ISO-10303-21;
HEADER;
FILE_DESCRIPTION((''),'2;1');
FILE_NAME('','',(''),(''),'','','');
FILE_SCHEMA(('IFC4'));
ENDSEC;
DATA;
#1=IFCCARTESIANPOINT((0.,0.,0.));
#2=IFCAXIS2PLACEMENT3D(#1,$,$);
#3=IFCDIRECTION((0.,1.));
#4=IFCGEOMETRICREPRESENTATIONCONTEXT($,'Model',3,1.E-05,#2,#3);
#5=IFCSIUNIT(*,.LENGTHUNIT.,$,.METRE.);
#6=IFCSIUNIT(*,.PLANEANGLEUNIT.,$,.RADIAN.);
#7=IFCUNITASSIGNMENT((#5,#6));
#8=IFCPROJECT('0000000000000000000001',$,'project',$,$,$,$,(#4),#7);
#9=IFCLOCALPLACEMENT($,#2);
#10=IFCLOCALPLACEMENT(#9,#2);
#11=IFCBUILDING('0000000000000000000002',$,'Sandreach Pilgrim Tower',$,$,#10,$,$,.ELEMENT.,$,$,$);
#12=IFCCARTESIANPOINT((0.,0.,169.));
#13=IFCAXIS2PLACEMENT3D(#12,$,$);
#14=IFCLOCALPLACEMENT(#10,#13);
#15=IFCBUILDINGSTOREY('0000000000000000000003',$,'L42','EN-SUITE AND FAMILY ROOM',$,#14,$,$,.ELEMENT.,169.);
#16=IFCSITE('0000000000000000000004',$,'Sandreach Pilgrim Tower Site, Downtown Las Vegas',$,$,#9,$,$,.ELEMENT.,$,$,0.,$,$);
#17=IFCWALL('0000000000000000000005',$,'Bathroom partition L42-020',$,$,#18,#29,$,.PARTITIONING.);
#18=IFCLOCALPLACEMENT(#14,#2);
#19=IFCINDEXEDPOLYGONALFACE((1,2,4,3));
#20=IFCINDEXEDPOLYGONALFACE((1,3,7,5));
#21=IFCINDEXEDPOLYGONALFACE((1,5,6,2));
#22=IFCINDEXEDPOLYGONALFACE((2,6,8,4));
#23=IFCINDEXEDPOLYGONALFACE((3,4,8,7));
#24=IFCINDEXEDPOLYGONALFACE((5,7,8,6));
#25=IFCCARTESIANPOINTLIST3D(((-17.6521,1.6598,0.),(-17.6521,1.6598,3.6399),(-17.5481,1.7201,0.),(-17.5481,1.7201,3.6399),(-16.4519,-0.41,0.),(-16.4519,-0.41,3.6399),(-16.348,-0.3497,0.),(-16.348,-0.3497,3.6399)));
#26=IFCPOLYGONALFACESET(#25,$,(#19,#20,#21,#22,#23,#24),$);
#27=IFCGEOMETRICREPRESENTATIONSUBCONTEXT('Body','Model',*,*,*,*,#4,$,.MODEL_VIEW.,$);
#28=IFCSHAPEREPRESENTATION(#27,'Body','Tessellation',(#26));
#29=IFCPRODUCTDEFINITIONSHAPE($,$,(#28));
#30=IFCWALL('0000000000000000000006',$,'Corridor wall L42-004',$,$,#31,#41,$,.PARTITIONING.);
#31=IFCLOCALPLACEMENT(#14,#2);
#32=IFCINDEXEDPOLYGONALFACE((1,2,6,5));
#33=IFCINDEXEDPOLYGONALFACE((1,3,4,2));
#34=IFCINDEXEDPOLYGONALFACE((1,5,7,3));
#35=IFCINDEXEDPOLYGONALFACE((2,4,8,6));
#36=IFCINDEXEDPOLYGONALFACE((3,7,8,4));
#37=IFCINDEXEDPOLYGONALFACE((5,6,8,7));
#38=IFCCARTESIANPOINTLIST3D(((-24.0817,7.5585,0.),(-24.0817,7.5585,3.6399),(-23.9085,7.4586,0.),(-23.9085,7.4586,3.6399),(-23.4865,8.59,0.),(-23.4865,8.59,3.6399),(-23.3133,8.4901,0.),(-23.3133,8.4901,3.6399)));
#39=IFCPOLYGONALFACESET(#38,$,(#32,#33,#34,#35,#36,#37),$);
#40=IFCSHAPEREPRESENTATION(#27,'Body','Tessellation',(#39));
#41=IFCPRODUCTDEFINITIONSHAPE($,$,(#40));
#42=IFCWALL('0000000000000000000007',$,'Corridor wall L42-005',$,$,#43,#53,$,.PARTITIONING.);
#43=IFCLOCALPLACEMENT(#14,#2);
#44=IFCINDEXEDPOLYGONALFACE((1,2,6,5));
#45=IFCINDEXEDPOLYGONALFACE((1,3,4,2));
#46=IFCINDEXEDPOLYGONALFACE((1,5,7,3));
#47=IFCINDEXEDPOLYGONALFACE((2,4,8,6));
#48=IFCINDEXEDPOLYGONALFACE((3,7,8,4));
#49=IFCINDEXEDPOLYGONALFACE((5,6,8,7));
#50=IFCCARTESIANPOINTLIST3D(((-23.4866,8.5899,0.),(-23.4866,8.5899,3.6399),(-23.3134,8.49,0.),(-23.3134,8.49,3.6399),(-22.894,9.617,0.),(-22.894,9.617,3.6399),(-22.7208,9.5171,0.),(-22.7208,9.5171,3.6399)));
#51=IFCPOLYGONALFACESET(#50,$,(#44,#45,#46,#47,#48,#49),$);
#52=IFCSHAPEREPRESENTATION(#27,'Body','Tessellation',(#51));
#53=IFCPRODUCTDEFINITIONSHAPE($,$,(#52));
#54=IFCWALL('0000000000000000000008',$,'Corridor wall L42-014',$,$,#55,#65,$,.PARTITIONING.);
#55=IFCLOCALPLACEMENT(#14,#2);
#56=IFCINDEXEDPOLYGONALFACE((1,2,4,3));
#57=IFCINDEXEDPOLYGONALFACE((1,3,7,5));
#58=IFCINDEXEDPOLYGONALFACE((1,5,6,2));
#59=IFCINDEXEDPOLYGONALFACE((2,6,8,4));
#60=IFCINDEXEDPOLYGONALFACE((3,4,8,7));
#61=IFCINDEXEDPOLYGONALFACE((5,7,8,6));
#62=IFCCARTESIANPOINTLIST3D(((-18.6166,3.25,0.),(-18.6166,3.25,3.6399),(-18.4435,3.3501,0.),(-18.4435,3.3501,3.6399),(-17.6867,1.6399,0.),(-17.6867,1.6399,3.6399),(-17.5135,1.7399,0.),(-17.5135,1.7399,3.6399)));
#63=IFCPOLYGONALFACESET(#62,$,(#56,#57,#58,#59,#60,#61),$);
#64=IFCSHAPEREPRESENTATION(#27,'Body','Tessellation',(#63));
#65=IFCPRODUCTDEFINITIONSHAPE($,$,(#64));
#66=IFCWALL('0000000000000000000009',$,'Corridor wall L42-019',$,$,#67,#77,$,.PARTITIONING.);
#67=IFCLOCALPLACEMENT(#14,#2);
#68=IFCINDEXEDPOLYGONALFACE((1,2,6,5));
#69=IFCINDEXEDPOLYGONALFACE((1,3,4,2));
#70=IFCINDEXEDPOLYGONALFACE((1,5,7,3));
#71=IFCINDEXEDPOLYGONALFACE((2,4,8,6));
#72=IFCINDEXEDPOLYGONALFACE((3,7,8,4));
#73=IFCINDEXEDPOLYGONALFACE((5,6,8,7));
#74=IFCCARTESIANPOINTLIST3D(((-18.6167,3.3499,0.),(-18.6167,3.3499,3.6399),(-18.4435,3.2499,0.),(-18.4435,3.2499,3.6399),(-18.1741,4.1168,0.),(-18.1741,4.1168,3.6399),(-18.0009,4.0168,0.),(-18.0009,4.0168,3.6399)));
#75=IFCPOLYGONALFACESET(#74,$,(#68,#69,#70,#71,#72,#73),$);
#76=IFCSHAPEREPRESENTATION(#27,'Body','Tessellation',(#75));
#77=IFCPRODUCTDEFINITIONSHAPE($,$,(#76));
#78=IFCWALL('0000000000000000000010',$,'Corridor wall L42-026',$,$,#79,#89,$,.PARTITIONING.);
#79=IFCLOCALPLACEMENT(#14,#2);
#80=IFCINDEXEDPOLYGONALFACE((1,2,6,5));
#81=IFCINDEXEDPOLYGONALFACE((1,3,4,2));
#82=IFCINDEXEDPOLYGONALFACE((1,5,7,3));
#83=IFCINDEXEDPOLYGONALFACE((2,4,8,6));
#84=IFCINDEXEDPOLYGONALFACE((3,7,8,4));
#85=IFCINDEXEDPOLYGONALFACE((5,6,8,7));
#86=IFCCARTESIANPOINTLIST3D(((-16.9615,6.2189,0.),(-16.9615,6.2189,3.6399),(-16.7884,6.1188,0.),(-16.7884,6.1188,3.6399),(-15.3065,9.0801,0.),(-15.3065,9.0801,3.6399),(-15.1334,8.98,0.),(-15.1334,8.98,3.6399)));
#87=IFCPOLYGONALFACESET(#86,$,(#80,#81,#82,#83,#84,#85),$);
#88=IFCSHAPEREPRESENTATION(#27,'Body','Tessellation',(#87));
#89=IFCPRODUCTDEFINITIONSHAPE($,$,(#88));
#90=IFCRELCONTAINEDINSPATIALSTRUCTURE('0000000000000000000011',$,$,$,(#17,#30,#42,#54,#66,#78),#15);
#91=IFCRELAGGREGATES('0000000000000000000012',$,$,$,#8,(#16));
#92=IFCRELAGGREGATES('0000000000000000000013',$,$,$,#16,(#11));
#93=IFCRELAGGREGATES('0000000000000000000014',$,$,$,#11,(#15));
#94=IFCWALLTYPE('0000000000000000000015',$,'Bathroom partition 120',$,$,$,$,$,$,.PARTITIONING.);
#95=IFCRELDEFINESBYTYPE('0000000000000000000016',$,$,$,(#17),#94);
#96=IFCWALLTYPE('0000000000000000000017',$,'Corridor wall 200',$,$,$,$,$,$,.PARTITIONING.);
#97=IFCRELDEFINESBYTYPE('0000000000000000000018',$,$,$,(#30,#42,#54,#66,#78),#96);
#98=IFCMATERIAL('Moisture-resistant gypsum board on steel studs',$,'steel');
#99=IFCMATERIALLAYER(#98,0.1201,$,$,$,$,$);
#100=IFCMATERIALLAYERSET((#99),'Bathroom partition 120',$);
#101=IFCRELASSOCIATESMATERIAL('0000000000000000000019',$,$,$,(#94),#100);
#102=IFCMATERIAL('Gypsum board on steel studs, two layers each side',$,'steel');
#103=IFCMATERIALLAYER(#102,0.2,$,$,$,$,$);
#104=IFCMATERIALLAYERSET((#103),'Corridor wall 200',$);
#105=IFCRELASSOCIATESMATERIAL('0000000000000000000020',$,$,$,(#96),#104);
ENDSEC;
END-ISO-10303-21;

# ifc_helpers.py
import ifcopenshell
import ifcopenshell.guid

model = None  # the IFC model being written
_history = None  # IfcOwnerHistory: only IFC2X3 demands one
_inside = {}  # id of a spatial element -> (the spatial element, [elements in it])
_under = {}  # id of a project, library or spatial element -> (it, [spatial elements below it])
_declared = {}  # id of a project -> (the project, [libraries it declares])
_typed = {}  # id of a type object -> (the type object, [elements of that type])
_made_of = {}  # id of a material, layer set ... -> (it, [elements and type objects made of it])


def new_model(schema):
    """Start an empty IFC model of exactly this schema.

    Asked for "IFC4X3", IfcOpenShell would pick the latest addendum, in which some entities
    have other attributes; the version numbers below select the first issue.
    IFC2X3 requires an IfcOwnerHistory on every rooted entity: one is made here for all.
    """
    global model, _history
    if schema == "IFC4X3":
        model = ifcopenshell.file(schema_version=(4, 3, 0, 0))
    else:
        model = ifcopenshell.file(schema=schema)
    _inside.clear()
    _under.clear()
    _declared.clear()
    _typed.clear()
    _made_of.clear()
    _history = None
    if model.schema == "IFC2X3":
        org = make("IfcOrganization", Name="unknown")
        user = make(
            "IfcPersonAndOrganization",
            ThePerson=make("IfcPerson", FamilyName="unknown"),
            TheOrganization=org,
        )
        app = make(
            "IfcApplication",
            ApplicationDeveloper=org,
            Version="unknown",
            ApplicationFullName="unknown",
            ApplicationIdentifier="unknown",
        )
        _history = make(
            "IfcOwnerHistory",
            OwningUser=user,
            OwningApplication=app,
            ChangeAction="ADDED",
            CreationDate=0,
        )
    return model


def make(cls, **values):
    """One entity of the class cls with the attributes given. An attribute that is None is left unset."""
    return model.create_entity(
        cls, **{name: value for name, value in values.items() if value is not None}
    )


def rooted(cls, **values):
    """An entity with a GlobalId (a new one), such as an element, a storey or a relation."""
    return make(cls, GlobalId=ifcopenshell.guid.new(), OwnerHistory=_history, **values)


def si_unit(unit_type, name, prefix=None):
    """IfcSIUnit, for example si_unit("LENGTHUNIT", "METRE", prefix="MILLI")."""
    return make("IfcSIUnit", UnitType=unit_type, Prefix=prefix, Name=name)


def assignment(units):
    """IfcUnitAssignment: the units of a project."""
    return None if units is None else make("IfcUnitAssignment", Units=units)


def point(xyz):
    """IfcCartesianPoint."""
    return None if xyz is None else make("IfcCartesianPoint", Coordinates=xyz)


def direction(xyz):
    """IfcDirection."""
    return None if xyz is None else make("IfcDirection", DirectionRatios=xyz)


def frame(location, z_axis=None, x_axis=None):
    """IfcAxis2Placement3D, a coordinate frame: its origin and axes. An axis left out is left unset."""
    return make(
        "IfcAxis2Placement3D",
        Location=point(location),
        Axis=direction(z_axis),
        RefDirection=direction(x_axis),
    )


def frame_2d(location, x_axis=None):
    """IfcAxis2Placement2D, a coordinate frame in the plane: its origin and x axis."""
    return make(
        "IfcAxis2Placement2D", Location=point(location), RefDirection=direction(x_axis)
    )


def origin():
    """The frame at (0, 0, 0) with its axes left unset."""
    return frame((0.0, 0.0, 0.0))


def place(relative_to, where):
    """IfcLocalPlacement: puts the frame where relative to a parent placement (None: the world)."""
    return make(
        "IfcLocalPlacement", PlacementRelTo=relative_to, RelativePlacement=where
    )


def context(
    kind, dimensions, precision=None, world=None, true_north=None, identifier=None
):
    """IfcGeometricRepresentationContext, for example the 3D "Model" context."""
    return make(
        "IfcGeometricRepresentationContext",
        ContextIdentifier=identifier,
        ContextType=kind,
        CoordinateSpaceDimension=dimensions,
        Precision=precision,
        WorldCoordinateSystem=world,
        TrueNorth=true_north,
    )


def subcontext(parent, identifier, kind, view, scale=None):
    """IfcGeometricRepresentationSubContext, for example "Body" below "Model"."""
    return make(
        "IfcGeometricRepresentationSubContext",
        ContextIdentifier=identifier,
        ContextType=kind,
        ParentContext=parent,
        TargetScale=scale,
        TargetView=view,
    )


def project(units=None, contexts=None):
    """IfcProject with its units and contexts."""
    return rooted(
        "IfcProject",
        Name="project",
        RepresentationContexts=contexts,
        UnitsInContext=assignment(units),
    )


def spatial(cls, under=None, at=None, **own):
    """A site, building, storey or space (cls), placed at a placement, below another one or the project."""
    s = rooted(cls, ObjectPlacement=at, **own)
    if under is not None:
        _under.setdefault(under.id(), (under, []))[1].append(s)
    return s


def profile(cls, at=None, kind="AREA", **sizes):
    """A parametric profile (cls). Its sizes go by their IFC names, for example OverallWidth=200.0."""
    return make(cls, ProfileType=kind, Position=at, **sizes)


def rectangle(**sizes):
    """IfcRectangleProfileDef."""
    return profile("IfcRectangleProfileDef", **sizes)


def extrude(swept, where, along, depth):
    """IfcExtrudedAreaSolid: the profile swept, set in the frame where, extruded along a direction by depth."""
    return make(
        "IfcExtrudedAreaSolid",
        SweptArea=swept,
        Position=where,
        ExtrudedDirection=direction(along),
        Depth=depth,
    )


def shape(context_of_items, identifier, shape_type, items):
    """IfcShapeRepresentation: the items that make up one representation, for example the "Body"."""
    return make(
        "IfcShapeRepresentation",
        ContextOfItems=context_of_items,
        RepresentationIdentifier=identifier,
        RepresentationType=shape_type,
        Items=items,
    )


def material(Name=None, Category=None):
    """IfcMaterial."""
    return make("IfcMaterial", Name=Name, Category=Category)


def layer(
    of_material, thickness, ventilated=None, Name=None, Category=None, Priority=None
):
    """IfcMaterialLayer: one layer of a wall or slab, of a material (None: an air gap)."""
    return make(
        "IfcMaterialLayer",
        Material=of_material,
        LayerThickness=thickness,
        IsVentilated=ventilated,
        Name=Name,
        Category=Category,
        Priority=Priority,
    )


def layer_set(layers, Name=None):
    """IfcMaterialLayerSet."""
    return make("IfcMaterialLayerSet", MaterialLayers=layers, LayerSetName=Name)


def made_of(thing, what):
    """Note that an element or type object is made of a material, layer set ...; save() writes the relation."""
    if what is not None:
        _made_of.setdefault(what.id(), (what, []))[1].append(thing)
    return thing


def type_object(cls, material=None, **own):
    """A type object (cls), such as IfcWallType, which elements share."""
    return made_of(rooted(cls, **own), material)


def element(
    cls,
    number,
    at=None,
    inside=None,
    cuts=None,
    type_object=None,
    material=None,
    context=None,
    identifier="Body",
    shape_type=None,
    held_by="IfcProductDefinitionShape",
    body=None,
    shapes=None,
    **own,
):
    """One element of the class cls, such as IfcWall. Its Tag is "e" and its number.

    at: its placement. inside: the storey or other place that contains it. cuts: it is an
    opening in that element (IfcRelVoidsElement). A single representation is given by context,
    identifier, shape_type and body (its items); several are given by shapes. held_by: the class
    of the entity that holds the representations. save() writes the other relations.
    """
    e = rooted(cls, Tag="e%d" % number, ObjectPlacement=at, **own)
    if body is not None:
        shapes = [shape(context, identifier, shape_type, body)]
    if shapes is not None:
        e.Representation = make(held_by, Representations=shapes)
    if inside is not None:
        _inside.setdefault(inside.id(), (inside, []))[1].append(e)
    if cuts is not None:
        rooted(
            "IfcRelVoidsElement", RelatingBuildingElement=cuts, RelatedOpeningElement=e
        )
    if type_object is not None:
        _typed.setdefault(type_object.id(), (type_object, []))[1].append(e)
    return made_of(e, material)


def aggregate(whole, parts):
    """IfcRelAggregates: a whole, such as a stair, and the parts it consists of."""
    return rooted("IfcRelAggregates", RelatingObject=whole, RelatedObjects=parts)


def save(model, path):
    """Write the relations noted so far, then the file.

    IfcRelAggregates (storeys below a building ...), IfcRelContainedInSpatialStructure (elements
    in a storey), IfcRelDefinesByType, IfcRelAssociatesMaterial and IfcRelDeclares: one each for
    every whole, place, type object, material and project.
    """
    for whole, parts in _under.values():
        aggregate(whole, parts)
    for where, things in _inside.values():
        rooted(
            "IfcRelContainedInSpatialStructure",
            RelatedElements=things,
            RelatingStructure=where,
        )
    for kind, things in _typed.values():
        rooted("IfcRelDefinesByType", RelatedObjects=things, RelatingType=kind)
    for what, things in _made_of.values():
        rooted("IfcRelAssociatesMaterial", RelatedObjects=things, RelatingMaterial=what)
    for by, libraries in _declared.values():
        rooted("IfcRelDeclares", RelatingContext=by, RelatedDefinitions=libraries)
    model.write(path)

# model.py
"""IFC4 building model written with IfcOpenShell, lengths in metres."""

from ifc_helpers import new_model, si_unit, direction, frame, frame_2d, origin, place, context, subcontext, project, spatial, rectangle, extrude, material, layer, layer_set, type_object, element, save


model = new_model("IFC4")

# Units and contexts
model_context = context("Model", 3, precision=1e-05, world=origin(), true_north=direction((0.0, 1.0)))
body_context = subcontext(model_context, "Body", "Model", "MODEL_VIEW")
ifc_project = project(units=[si_unit("LENGTHUNIT", "METRE"), si_unit("PLANEANGLEUNIT", "RADIAN")], contexts=[model_context])

# Site, building, storey
site_placement = place(None, origin())
site = spatial("IfcSite", under=ifc_project, at=site_placement, Name="Sandreach Pilgrim Tower Site, Downtown Las Vegas", CompositionType="ELEMENT", RefElevation=0.0)
building_placement = place(site_placement, origin())
building = spatial("IfcBuilding", under=site, at=building_placement, Name="Sandreach Pilgrim Tower", CompositionType="ELEMENT")
storey_placement = place(building_placement, frame((0.0, 0.0, 169.0)))
storey = spatial("IfcBuildingStorey", under=building, at=storey_placement, Name="L42", Description="EN-SUITE AND FAMILY ROOM", CompositionType="ELEMENT", Elevation=169.0)

# Shared definitions
ifc_material_1 = material(Name="Moisture-resistant gypsum board on steel studs", Category="steel")
ifc_layer_1 = layer(ifc_material_1, 0.1201)
ifc_layer_set_1 = layer_set([ifc_layer_1], Name="Bathroom partition 120")
wall_type_1 = type_object("IfcWallType", Name="Bathroom partition 120", PredefinedType="PARTITIONING", material=ifc_layer_set_1)

# Wall
wall_1_placement = place(storey_placement, frame((-17.6001, 1.6899, 0.0), z_axis=(0.0, 0.0, 1.0), x_axis=(0.501623, -0.865086, 0.0)))
element("IfcWall", 1, at=wall_1_placement, inside=storey, type_object=wall_type_1, Name="Bathroom partition L42-020", PredefinedType="PARTITIONING", context=body_context, shape_type="SweptSolid", body=[
    extrude(rectangle(XDim=2.3926, YDim=0.1201, at=frame_2d((1.1963, 0.0))), origin(), (0.0, 0.0, 1.0), 3.6399),
])

# Shared definitions
ifc_material_2 = material(Name="Gypsum board on steel studs, two layers each side", Category="steel")
ifc_layer_2 = layer(ifc_material_2, 0.2)
ifc_layer_set_2 = layer_set([ifc_layer_2], Name="Corridor wall 200")
wall_type_2 = type_object("IfcWallType", Name="Corridor wall 200", PredefinedType="PARTITIONING", material=ifc_layer_set_2)

# Walls
wall_2_placement = place(storey_placement, frame((-23.9951, 7.5085, 0.0), z_axis=(0.0, 0.0, 1.0), x_axis=(0.499799, 0.866141, 0.0)))
element("IfcWall", 2, at=wall_2_placement, inside=storey, type_object=wall_type_2, Name="Corridor wall L42-004", PredefinedType="PARTITIONING", context=body_context, shape_type="SweptSolid", body=[
    extrude(rectangle(XDim=1.1909, YDim=0.2, at=frame_2d((0.5955, 0.0))), origin(), (0.0, 0.0, 1.0), 3.6399),
])
wall_3_placement = place(storey_placement, frame((-23.3999, 8.54, 0.0), z_axis=(0.0, 0.0, 1.0), x_axis=(0.499705, 0.866196, 0.0)))
element("IfcWall", 3, at=wall_3_placement, inside=storey, type_object=wall_type_2, Name="Corridor wall L42-005", PredefinedType="PARTITIONING", context=body_context, shape_type="SweptSolid", body=[
    extrude(rectangle(XDim=1.1858, YDim=0.2, at=frame_2d((0.5928, 0.0))), origin(), (0.0, 0.0, 1.0), 3.6399),
])
wall_4_placement = place(storey_placement, frame((-18.53, 3.3, 0.0), z_axis=(0.0, 0.0, 1.0), x_axis=(0.500135, -0.865947, 0.0)))
element("IfcWall", 4, at=wall_4_placement, inside=storey, type_object=wall_type_2, Name="Corridor wall L42-014", PredefinedType="PARTITIONING", context=body_context, shape_type="SweptSolid", body=[
    extrude(rectangle(XDim=1.8594, YDim=0.2, at=frame_2d((0.9297, 0.0))), origin(), (0.0, 0.0, 1.0), 3.6399),
])
wall_5_placement = place(storey_placement, frame((-18.0874, 4.0669, 0.0), z_axis=(0.0, 0.0, 1.0), x_axis=(-0.499905, -0.86608, 0.0)))
element("IfcWall", 5, at=wall_5_placement, inside=storey, type_object=wall_type_2, Name="Corridor wall L42-019", PredefinedType="PARTITIONING", context=body_context, shape_type="SweptSolid", body=[
    extrude(rectangle(XDim=0.8855, YDim=0.2, at=frame_2d((0.4429, 0.0))), origin(), (0.0, 0.0, 1.0), 3.6399),
])

# Wall
wall_6_placement = place(storey_placement, frame((-16.875, 6.1687, 0.0), z_axis=(0.0, 0.0, 1.0), x_axis=(0.50069, 0.865627, 0.0)))
element("IfcWall", 6, at=wall_6_placement, inside=storey, type_object=wall_type_2, Name="Corridor wall L42-026", PredefinedType="PARTITIONING", context=body_context, shape_type="SweptSolid", body=[
    extrude(rectangle(XDim=3.3054, YDim=0.2, at=frame_2d((1.6528, 0.0))), origin(), (0.0, 0.0, 1.0), 3.6399),
])

save(model, "model.ifc")
